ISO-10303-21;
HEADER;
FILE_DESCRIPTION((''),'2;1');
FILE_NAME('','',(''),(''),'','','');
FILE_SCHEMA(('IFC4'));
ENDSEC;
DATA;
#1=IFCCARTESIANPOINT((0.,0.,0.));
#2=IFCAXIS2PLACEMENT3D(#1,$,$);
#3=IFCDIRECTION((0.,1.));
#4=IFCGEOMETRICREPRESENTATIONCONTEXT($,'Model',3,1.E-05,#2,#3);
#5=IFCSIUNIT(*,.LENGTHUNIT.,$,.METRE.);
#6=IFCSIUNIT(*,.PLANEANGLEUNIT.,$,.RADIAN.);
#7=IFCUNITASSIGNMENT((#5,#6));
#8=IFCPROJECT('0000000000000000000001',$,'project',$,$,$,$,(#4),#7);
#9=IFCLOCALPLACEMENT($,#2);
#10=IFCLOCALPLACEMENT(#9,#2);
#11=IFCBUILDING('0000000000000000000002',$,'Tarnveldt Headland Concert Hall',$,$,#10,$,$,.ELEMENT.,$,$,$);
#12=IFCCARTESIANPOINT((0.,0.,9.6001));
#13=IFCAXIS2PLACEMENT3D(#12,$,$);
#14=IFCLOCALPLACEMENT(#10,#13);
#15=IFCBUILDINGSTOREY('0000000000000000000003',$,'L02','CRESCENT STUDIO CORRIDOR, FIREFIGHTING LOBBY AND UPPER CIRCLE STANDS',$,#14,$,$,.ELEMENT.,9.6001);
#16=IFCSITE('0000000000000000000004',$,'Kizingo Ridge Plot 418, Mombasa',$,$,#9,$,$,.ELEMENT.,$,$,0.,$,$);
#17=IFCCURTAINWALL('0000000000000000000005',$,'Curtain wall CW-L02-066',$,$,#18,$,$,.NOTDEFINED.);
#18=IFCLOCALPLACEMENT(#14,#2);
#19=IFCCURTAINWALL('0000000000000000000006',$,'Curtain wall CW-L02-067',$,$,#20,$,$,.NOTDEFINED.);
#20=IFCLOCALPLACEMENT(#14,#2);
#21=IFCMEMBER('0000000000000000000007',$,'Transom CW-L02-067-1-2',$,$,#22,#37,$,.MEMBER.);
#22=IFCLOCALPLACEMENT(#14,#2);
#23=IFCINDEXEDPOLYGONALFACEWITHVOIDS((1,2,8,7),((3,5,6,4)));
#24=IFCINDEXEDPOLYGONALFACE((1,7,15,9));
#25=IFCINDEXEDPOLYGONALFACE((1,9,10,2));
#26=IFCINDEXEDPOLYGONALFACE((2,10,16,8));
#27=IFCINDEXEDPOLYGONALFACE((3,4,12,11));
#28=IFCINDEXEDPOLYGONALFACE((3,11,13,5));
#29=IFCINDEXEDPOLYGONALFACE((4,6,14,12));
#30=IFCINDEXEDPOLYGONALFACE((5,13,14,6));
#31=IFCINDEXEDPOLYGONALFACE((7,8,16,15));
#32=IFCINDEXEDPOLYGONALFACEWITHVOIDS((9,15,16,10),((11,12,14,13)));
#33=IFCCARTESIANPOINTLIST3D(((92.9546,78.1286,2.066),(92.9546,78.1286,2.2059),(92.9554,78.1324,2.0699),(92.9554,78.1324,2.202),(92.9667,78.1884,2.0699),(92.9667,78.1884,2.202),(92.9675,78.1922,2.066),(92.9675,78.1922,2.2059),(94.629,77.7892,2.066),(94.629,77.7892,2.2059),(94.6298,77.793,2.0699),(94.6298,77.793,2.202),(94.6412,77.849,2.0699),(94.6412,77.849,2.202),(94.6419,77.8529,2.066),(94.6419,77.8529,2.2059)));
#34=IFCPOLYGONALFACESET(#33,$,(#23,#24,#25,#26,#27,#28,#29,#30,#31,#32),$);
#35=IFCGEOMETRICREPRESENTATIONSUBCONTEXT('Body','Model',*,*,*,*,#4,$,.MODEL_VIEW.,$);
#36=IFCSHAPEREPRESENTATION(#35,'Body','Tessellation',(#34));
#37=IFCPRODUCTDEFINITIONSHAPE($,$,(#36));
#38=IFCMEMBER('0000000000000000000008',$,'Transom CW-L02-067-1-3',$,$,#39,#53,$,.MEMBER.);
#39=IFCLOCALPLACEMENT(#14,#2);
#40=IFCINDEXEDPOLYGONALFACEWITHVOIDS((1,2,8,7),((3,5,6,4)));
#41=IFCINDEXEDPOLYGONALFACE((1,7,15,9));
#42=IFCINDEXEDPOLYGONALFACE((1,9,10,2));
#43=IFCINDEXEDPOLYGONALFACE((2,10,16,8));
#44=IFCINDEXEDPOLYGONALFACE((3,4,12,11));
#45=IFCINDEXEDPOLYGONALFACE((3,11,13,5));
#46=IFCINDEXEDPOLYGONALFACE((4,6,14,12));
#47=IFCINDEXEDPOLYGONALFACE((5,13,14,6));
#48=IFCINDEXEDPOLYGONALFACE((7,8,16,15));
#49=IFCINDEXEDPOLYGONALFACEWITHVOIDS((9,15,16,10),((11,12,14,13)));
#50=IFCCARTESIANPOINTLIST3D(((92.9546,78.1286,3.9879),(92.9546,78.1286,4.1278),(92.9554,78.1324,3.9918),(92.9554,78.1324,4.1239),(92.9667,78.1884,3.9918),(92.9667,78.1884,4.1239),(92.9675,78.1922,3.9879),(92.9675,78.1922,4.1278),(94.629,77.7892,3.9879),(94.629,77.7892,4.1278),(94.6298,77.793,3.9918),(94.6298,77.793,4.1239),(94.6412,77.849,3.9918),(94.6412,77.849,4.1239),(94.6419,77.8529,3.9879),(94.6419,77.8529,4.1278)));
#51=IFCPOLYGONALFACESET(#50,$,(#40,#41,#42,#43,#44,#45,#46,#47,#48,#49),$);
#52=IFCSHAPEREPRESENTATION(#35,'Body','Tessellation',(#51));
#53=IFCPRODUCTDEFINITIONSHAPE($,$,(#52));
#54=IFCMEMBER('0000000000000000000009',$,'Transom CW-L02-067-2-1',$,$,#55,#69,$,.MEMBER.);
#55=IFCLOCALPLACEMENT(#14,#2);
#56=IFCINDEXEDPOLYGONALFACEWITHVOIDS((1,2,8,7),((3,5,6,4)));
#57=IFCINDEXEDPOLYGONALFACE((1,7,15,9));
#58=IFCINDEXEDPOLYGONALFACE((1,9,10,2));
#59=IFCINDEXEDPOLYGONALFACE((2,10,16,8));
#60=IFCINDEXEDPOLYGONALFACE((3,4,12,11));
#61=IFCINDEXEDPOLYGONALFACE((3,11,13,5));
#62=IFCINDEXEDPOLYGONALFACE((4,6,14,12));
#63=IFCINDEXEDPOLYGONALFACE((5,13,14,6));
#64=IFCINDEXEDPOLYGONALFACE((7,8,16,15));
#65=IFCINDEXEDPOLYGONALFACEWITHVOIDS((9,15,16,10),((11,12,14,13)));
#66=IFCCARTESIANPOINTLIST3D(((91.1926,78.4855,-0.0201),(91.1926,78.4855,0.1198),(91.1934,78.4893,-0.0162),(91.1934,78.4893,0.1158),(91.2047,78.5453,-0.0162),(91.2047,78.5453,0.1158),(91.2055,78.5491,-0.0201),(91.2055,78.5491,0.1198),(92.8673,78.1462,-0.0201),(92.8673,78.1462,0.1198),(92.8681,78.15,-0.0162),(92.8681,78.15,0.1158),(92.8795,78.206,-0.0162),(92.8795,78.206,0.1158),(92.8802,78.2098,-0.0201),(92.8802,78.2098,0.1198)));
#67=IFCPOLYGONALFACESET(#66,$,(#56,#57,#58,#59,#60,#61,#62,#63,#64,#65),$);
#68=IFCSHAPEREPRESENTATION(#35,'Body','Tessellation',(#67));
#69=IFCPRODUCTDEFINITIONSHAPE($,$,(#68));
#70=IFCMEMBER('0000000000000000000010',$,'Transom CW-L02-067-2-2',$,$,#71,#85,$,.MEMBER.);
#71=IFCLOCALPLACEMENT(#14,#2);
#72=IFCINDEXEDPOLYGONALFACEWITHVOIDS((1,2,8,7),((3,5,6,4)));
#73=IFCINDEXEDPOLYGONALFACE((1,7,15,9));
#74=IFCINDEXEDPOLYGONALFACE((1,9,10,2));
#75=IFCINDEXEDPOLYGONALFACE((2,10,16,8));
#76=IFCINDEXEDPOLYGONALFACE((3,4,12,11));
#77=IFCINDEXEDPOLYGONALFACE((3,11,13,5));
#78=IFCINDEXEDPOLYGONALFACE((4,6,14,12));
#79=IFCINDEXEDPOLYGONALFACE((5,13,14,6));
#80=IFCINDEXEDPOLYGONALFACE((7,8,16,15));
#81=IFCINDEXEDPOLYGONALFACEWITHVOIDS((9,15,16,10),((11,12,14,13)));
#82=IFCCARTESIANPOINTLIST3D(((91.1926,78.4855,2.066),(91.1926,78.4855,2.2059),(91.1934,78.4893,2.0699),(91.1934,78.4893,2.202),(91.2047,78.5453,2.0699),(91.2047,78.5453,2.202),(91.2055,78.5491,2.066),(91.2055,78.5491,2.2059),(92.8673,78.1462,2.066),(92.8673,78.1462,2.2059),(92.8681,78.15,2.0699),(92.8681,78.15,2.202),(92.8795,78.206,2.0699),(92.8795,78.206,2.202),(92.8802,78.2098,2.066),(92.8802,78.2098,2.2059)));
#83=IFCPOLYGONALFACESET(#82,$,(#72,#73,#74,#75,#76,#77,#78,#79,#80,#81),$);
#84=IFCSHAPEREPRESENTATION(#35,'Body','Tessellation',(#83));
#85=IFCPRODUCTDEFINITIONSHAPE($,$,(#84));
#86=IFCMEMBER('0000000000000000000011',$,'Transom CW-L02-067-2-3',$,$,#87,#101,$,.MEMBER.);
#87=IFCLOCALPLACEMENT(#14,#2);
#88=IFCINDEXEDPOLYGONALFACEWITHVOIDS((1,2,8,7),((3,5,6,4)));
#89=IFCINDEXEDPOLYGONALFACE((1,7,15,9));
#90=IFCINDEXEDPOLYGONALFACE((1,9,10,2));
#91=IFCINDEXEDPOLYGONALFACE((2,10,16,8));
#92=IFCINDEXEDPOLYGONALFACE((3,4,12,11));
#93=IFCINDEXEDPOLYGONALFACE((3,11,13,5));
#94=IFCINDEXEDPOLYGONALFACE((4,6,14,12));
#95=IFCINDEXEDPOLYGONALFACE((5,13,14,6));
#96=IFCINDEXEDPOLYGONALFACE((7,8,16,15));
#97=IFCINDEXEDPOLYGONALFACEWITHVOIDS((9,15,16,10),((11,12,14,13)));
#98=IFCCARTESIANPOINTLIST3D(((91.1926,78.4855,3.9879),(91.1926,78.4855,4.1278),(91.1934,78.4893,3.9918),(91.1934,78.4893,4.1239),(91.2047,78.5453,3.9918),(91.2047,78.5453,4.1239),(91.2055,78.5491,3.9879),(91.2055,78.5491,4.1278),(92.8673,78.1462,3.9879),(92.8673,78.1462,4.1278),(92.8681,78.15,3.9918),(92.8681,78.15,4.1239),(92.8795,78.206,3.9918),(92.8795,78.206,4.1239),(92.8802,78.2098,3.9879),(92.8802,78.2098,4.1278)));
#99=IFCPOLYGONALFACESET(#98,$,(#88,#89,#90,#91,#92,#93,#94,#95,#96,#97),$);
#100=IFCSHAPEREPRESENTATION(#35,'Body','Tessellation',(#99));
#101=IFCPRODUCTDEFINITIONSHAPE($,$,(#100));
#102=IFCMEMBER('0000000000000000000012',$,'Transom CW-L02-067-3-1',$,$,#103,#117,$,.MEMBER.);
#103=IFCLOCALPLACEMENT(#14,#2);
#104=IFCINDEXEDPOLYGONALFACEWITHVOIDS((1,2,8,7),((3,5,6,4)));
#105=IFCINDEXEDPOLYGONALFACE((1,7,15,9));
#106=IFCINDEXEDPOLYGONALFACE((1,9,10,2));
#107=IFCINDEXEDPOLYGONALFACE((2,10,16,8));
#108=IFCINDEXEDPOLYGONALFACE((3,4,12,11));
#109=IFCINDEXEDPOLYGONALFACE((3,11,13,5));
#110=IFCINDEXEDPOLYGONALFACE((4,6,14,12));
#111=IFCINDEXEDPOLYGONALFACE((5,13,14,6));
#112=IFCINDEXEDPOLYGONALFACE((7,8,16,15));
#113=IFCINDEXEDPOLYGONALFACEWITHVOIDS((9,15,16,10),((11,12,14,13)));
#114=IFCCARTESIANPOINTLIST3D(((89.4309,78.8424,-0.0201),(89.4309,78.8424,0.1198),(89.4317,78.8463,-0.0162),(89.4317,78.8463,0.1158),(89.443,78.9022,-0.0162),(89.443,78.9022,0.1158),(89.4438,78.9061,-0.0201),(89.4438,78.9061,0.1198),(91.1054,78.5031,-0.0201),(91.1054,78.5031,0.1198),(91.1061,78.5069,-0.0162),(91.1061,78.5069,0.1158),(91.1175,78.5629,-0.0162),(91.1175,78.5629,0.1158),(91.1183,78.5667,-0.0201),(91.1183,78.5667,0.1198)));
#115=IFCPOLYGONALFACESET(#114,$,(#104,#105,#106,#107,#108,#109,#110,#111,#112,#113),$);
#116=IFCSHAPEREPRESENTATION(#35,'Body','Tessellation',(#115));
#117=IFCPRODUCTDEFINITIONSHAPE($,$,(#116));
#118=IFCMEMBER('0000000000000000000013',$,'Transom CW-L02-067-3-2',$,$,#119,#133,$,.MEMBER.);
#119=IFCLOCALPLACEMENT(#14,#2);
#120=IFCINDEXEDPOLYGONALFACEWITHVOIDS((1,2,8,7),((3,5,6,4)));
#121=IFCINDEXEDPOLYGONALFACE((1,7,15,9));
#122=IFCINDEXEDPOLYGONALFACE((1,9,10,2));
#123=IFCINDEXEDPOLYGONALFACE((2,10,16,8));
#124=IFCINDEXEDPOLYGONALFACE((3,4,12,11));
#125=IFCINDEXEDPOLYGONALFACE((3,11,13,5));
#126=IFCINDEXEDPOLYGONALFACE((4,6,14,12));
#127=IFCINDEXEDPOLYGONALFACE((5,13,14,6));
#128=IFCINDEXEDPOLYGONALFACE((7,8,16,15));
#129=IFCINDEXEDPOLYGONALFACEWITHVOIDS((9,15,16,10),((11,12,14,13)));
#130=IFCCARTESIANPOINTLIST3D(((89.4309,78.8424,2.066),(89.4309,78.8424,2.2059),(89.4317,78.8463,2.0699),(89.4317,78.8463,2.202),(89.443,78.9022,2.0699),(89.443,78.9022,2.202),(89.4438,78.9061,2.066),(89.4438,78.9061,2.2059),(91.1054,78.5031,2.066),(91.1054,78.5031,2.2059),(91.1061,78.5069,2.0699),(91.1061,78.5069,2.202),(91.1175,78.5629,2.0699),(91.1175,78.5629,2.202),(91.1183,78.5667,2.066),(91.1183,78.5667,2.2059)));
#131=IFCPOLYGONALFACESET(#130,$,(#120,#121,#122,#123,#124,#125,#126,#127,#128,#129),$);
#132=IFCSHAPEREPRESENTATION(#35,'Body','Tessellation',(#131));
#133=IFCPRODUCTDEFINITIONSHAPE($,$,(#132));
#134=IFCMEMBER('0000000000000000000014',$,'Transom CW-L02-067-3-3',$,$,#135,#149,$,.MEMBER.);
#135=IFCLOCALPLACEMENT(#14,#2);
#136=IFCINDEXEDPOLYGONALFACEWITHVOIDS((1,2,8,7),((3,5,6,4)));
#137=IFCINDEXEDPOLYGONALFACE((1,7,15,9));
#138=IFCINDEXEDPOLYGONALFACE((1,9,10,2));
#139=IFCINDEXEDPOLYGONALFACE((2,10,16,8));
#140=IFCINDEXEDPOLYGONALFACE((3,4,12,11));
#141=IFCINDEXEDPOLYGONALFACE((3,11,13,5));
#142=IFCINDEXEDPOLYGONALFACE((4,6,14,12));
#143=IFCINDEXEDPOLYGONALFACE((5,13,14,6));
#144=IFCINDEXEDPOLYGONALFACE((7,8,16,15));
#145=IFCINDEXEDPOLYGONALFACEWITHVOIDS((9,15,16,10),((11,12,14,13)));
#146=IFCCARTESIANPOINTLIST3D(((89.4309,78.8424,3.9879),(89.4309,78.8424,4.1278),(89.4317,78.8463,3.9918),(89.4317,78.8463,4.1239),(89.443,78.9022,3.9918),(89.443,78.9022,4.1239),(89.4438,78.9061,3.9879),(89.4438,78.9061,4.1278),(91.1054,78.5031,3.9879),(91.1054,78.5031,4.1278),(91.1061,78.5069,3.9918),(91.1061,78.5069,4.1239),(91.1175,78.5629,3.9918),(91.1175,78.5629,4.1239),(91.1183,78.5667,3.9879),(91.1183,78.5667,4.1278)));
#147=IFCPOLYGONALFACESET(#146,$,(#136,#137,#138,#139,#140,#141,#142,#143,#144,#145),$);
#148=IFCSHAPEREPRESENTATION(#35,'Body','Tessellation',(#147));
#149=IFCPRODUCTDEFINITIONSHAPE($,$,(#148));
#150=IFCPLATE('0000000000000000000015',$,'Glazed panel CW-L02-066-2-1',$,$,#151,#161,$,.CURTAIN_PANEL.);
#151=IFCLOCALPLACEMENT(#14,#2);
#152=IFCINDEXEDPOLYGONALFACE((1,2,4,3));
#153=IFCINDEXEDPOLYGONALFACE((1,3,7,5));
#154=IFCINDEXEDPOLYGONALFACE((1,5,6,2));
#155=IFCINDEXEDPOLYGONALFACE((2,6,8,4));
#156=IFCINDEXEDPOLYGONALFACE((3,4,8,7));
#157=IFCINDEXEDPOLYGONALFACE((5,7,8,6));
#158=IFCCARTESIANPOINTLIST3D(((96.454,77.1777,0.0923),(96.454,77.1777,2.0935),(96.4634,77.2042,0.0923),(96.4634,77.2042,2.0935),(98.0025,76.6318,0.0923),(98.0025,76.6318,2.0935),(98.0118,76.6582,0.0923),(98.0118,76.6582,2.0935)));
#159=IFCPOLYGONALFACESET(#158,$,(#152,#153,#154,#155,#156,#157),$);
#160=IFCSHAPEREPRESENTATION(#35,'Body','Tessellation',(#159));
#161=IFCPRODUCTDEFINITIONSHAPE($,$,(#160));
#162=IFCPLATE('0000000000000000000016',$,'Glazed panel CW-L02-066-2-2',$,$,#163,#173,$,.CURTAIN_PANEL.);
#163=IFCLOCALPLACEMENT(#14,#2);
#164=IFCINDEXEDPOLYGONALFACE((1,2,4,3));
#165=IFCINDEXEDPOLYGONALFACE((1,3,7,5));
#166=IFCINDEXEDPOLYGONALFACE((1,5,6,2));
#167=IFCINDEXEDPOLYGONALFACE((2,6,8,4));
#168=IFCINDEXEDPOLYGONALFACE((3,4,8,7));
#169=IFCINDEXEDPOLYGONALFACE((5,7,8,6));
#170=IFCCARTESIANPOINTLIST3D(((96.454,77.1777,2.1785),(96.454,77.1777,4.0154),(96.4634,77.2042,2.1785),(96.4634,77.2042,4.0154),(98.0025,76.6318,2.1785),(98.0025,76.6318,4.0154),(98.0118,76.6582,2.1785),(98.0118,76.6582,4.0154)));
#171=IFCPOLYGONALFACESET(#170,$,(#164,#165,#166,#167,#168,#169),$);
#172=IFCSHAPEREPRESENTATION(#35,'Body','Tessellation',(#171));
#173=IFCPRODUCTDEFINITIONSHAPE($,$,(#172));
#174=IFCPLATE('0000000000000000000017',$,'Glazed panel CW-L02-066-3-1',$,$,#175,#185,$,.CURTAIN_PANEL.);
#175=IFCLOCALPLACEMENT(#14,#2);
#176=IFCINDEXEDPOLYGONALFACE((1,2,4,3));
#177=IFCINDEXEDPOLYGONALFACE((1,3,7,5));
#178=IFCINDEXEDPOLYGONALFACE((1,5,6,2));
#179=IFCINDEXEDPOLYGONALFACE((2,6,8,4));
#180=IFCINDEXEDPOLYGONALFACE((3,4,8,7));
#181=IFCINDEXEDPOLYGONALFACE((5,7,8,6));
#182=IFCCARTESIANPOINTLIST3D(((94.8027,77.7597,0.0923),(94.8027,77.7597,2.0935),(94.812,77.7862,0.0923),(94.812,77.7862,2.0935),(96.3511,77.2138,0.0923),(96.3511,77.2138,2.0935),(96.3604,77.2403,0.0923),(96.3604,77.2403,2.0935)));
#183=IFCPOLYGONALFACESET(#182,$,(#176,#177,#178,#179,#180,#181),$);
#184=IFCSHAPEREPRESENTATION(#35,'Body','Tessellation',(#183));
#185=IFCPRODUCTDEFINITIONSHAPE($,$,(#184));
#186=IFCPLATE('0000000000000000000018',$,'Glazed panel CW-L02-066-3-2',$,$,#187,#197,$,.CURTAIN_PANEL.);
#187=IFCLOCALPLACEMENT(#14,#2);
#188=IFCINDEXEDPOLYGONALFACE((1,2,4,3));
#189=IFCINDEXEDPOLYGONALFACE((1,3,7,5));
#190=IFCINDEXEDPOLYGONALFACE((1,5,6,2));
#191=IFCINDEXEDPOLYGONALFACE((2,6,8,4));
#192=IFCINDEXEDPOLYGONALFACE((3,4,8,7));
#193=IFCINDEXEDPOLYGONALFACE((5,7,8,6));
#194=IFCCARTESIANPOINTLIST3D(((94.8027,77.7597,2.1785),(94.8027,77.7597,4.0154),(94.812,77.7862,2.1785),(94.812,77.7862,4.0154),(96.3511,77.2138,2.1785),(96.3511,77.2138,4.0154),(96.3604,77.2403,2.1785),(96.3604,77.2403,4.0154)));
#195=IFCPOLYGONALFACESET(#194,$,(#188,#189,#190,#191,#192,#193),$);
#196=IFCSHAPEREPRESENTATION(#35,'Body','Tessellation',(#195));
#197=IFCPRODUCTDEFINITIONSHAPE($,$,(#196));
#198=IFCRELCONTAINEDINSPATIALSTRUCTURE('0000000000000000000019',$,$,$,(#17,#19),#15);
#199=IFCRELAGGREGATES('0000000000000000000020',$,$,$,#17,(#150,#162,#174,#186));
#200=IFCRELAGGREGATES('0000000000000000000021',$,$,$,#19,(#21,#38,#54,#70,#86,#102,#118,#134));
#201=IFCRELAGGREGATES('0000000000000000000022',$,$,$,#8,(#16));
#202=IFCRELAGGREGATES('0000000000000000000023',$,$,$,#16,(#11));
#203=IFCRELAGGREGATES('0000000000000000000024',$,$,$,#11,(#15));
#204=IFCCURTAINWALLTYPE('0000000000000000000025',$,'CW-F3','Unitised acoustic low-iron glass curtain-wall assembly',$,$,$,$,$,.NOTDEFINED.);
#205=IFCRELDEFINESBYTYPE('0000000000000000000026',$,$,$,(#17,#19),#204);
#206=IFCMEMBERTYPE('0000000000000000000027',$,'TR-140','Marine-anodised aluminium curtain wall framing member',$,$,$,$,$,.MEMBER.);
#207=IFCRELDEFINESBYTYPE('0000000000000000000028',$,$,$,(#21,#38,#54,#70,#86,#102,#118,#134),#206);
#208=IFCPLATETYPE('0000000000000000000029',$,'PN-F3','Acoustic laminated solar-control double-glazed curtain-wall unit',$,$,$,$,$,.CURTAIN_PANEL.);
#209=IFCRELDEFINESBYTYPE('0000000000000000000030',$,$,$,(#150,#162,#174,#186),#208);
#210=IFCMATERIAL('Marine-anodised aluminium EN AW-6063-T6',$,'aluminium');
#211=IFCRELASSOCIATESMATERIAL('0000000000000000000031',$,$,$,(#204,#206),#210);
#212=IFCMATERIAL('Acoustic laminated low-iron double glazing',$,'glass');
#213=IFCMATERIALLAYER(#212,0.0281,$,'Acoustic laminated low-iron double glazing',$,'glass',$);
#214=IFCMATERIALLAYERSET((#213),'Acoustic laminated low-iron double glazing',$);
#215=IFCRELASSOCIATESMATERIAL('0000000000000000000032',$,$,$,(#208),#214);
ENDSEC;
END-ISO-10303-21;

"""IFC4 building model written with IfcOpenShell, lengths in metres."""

from ifc_helpers import new_model, si_unit, direction, frame, origin, origin_2d, place, context, subcontext, project, spatial, rectangle, hollow_rectangle, extrude, material, layer, layer_set, material_profile, profile_set, type_object, element, aggregate, save


model = new_model("IFC4")

# Units and contexts
model_context = context("Model", 3, precision=1e-05, world=origin(), true_north=direction((0.0, 1.0)))
body_context = subcontext(model_context, "Body", "Model", "MODEL_VIEW")
ifc_project = project(units=[si_unit("LENGTHUNIT", "METRE"), si_unit("PLANEANGLEUNIT", "RADIAN")], contexts=[model_context])

# Site, building, storey
site_placement = place(None, origin())
site = spatial("IfcSite", under=ifc_project, at=site_placement, Name="Kizingo Ridge Plot 418, Mombasa", CompositionType="ELEMENT", RefElevation=0.0)
building_placement = place(site_placement, origin())
building = spatial("IfcBuilding", under=site, at=building_placement, Name="Tarnveldt Headland Concert Hall", CompositionType="ELEMENT")
storey_placement = place(building_placement, frame((0.0, 0.0, 9.6001)))
storey = spatial("IfcBuildingStorey", under=building, at=storey_placement, Name="L02", Description="CRESCENT STUDIO CORRIDOR, FIREFIGHTING LOBBY AND UPPER CIRCLE STANDS", CompositionType="ELEMENT", Elevation=9.6001)

# Curtain walls
ifc_material_1 = material(Name="Marine-anodised aluminium EN AW-6063-T6", Category="aluminium")
curtain_wall_type = type_object("IfcCurtainWallType", Name="CW-F3", Description="Unitised acoustic low-iron glass curtain-wall assembly", PredefinedType="NOTDEFINED", material=ifc_material_1)
curtain_wall_1_placement = place(storey_placement, origin())
curtain_wall_1 = element("IfcCurtainWall", 1, at=curtain_wall_1_placement, inside=storey, type_object=curtain_wall_type, Name="Curtain wall CW-L02-066", PredefinedType="NOTDEFINED")
curtain_wall_2_placement = place(storey_placement, origin())
curtain_wall_2 = element("IfcCurtainWall", 2, at=curtain_wall_2_placement, inside=storey, type_object=curtain_wall_type, Name="Curtain wall CW-L02-067", PredefinedType="NOTDEFINED")

# Members
ifc_material_profile_1 = material_profile(ifc_material_1, hollow_rectangle(XDim=0.0649, YDim=0.1399, WallThickness=0.0039, at=origin_2d()), Name="ALU TRANSOM 65x140x4", Category="aluminium")
ifc_profile_set_1 = profile_set([ifc_material_profile_1], Name="Marine-anodised aluminium EN AW-6063-T6")
member_type_1 = type_object("IfcMemberType", Name="TR-140", Description="Marine-anodised aluminium curtain wall framing member", PredefinedType="MEMBER", material=ifc_profile_set_1)
member_1_placement = place(storey_placement, frame((94.6355, 77.821, 2.136), z_axis=(-0.980077, 0.198616, 0.0), x_axis=(-0.198616, -0.980077, 0.0)))
member_1 = element("IfcMember", 3, at=member_1_placement, type_object=member_type_1, Name="Transom CW-L02-067-1-2", PredefinedType="MEMBER", context=body_context, shape_type="SweptSolid", body=[
    extrude(hollow_rectangle(XDim=0.0649, YDim=0.1399, WallThickness=0.0039, at=origin_2d()), origin(), (0.0, 0.0, 1.0), 1.7085),
])
member_2_placement = place(storey_placement, frame((94.6355, 77.821, 4.0579), z_axis=(-0.980077, 0.198616, 0.0), x_axis=(-0.198616, -0.980077, 0.0)))
member_2 = element("IfcMember", 4, at=member_2_placement, type_object=member_type_1, Name="Transom CW-L02-067-1-3", PredefinedType="MEMBER", context=body_context, shape_type="SweptSolid", body=[
    extrude(hollow_rectangle(XDim=0.0649, YDim=0.1399, WallThickness=0.0039, at=origin_2d()), origin(), (0.0, 0.0, 1.0), 1.7085),
])
member_3_placement = place(storey_placement, frame((92.8738, 78.178, 0.0498), z_axis=(-0.980083, 0.198588, 0.0), x_axis=(-0.198588, -0.980083, 0.0)))
member_3 = element("IfcMember", 5, at=member_3_placement, type_object=member_type_1, Name="Transom CW-L02-067-2-1", PredefinedType="MEMBER", context=body_context, shape_type="SweptSolid", body=[
    extrude(hollow_rectangle(XDim=0.0649, YDim=0.1399, WallThickness=0.0039, at=origin_2d()), origin(), (0.0, 0.0, 1.0), 1.7087),
])
member_4_placement = place(storey_placement, frame((92.8738, 78.178, 2.136), z_axis=(-0.980083, 0.198588, 0.0), x_axis=(-0.198588, -0.980083, 0.0)))
member_4 = element("IfcMember", 6, at=member_4_placement, type_object=member_type_1, Name="Transom CW-L02-067-2-2", PredefinedType="MEMBER", context=body_context, shape_type="SweptSolid", body=[
    extrude(hollow_rectangle(XDim=0.0649, YDim=0.1399, WallThickness=0.0039, at=origin_2d()), origin(), (0.0, 0.0, 1.0), 1.7087),
])
member_5_placement = place(storey_placement, frame((92.8738, 78.178, 4.0579), z_axis=(-0.980083, 0.198588, 0.0), x_axis=(-0.198588, -0.980083, 0.0)))
member_5 = element("IfcMember", 7, at=member_5_placement, type_object=member_type_1, Name="Transom CW-L02-067-2-3", PredefinedType="MEMBER", context=body_context, shape_type="SweptSolid", body=[
    extrude(hollow_rectangle(XDim=0.0649, YDim=0.1399, WallThickness=0.0039, at=origin_2d()), origin(), (0.0, 0.0, 1.0), 1.7087),
])
member_6_placement = place(storey_placement, frame((91.1118, 78.5349, 0.0498), z_axis=(-0.980077, 0.198616, 0.0), x_axis=(-0.198616, -0.980077, 0.0)))
member_6 = element("IfcMember", 8, at=member_6_placement, type_object=member_type_1, Name="Transom CW-L02-067-3-1", PredefinedType="MEMBER", context=body_context, shape_type="SweptSolid", body=[
    extrude(hollow_rectangle(XDim=0.0649, YDim=0.1399, WallThickness=0.0039, at=origin_2d()), origin(), (0.0, 0.0, 1.0), 1.7085),
])
member_7_placement = place(storey_placement, frame((91.1118, 78.5349, 2.136), z_axis=(-0.980077, 0.198616, 0.0), x_axis=(-0.198616, -0.980077, 0.0)))
member_7 = element("IfcMember", 9, at=member_7_placement, type_object=member_type_1, Name="Transom CW-L02-067-3-2", PredefinedType="MEMBER", context=body_context, shape_type="SweptSolid", body=[
    extrude(hollow_rectangle(XDim=0.0649, YDim=0.1399, WallThickness=0.0039, at=origin_2d()), origin(), (0.0, 0.0, 1.0), 1.7085),
])
member_8_placement = place(storey_placement, frame((91.1118, 78.5349, 4.0579), z_axis=(-0.980077, 0.198616, 0.0), x_axis=(-0.198616, -0.980077, 0.0)))
member_8 = element("IfcMember", 10, at=member_8_placement, type_object=member_type_1, Name="Transom CW-L02-067-3-3", PredefinedType="MEMBER", context=body_context, shape_type="SweptSolid", body=[
    extrude(hollow_rectangle(XDim=0.0649, YDim=0.1399, WallThickness=0.0039, at=origin_2d()), origin(), (0.0, 0.0, 1.0), 1.7085),
])

# Plates
ifc_material_2 = material(Name="Acoustic laminated low-iron double glazing", Category="glass")
ifc_layer_1 = layer(ifc_material_2, 0.0281, Name="Acoustic laminated low-iron double glazing", Category="glass")
ifc_layer_set_1 = layer_set([ifc_layer_1], Name="Acoustic laminated low-iron double glazing")
plate_type = type_object("IfcPlateType", Name="PN-F3", Description="Acoustic laminated solar-control double-glazed curtain-wall unit", PredefinedType="CURTAIN_PANEL", material=ifc_layer_set_1)
plate_1_placement = place(storey_placement, frame((97.2329, 76.918, 0.0923), z_axis=(0.0, 0.0, 1.0), x_axis=(-0.943095, 0.332523, 0.0)))
plate_1 = element("IfcPlate", 11, at=plate_1_placement, type_object=plate_type, Name="Glazed panel CW-L02-066-2-1", PredefinedType="CURTAIN_PANEL", context=body_context, shape_type="SweptSolid", body=[
    extrude(rectangle(XDim=1.6418, YDim=0.0281, at=origin_2d()), origin(), (0.0, 0.0, 1.0), 2.0012),
])
plate_2_placement = place(storey_placement, frame((97.2329, 76.918, 2.1785), z_axis=(0.0, 0.0, 1.0), x_axis=(-0.943095, 0.332523, 0.0)))
plate_2 = element("IfcPlate", 12, at=plate_2_placement, type_object=plate_type, Name="Glazed panel CW-L02-066-2-2", PredefinedType="CURTAIN_PANEL", context=body_context, shape_type="SweptSolid", body=[
    extrude(rectangle(XDim=1.6418, YDim=0.0281, at=origin_2d()), origin(), (0.0, 0.0, 1.0), 1.8369),
])
plate_3_placement = place(storey_placement, frame((95.5815, 77.5, 0.0923), z_axis=(0.0, 0.0, 1.0), x_axis=(-0.943095, 0.332523, 0.0)))
plate_3 = element("IfcPlate", 13, at=plate_3_placement, type_object=plate_type, Name="Glazed panel CW-L02-066-3-1", PredefinedType="CURTAIN_PANEL", context=body_context, shape_type="SweptSolid", body=[
    extrude(rectangle(XDim=1.6418, YDim=0.0281, at=origin_2d()), origin(), (0.0, 0.0, 1.0), 2.0012),
])
plate_4_placement = place(storey_placement, frame((95.5815, 77.5, 2.1785), z_axis=(0.0, 0.0, 1.0), x_axis=(-0.943095, 0.332523, 0.0)))
plate_4 = element("IfcPlate", 14, at=plate_4_placement, type_object=plate_type, Name="Glazed panel CW-L02-066-3-2", PredefinedType="CURTAIN_PANEL", context=body_context, shape_type="SweptSolid", body=[
    extrude(rectangle(XDim=1.6418, YDim=0.0281, at=origin_2d()), origin(), (0.0, 0.0, 1.0), 1.8369),
])
aggregate(curtain_wall_1, [plate_1, plate_2, plate_3, plate_4])
aggregate(curtain_wall_2, [member_1, member_2, member_3, member_4, member_5, member_6, member_7, member_8])

save(model, "model.ifc")
